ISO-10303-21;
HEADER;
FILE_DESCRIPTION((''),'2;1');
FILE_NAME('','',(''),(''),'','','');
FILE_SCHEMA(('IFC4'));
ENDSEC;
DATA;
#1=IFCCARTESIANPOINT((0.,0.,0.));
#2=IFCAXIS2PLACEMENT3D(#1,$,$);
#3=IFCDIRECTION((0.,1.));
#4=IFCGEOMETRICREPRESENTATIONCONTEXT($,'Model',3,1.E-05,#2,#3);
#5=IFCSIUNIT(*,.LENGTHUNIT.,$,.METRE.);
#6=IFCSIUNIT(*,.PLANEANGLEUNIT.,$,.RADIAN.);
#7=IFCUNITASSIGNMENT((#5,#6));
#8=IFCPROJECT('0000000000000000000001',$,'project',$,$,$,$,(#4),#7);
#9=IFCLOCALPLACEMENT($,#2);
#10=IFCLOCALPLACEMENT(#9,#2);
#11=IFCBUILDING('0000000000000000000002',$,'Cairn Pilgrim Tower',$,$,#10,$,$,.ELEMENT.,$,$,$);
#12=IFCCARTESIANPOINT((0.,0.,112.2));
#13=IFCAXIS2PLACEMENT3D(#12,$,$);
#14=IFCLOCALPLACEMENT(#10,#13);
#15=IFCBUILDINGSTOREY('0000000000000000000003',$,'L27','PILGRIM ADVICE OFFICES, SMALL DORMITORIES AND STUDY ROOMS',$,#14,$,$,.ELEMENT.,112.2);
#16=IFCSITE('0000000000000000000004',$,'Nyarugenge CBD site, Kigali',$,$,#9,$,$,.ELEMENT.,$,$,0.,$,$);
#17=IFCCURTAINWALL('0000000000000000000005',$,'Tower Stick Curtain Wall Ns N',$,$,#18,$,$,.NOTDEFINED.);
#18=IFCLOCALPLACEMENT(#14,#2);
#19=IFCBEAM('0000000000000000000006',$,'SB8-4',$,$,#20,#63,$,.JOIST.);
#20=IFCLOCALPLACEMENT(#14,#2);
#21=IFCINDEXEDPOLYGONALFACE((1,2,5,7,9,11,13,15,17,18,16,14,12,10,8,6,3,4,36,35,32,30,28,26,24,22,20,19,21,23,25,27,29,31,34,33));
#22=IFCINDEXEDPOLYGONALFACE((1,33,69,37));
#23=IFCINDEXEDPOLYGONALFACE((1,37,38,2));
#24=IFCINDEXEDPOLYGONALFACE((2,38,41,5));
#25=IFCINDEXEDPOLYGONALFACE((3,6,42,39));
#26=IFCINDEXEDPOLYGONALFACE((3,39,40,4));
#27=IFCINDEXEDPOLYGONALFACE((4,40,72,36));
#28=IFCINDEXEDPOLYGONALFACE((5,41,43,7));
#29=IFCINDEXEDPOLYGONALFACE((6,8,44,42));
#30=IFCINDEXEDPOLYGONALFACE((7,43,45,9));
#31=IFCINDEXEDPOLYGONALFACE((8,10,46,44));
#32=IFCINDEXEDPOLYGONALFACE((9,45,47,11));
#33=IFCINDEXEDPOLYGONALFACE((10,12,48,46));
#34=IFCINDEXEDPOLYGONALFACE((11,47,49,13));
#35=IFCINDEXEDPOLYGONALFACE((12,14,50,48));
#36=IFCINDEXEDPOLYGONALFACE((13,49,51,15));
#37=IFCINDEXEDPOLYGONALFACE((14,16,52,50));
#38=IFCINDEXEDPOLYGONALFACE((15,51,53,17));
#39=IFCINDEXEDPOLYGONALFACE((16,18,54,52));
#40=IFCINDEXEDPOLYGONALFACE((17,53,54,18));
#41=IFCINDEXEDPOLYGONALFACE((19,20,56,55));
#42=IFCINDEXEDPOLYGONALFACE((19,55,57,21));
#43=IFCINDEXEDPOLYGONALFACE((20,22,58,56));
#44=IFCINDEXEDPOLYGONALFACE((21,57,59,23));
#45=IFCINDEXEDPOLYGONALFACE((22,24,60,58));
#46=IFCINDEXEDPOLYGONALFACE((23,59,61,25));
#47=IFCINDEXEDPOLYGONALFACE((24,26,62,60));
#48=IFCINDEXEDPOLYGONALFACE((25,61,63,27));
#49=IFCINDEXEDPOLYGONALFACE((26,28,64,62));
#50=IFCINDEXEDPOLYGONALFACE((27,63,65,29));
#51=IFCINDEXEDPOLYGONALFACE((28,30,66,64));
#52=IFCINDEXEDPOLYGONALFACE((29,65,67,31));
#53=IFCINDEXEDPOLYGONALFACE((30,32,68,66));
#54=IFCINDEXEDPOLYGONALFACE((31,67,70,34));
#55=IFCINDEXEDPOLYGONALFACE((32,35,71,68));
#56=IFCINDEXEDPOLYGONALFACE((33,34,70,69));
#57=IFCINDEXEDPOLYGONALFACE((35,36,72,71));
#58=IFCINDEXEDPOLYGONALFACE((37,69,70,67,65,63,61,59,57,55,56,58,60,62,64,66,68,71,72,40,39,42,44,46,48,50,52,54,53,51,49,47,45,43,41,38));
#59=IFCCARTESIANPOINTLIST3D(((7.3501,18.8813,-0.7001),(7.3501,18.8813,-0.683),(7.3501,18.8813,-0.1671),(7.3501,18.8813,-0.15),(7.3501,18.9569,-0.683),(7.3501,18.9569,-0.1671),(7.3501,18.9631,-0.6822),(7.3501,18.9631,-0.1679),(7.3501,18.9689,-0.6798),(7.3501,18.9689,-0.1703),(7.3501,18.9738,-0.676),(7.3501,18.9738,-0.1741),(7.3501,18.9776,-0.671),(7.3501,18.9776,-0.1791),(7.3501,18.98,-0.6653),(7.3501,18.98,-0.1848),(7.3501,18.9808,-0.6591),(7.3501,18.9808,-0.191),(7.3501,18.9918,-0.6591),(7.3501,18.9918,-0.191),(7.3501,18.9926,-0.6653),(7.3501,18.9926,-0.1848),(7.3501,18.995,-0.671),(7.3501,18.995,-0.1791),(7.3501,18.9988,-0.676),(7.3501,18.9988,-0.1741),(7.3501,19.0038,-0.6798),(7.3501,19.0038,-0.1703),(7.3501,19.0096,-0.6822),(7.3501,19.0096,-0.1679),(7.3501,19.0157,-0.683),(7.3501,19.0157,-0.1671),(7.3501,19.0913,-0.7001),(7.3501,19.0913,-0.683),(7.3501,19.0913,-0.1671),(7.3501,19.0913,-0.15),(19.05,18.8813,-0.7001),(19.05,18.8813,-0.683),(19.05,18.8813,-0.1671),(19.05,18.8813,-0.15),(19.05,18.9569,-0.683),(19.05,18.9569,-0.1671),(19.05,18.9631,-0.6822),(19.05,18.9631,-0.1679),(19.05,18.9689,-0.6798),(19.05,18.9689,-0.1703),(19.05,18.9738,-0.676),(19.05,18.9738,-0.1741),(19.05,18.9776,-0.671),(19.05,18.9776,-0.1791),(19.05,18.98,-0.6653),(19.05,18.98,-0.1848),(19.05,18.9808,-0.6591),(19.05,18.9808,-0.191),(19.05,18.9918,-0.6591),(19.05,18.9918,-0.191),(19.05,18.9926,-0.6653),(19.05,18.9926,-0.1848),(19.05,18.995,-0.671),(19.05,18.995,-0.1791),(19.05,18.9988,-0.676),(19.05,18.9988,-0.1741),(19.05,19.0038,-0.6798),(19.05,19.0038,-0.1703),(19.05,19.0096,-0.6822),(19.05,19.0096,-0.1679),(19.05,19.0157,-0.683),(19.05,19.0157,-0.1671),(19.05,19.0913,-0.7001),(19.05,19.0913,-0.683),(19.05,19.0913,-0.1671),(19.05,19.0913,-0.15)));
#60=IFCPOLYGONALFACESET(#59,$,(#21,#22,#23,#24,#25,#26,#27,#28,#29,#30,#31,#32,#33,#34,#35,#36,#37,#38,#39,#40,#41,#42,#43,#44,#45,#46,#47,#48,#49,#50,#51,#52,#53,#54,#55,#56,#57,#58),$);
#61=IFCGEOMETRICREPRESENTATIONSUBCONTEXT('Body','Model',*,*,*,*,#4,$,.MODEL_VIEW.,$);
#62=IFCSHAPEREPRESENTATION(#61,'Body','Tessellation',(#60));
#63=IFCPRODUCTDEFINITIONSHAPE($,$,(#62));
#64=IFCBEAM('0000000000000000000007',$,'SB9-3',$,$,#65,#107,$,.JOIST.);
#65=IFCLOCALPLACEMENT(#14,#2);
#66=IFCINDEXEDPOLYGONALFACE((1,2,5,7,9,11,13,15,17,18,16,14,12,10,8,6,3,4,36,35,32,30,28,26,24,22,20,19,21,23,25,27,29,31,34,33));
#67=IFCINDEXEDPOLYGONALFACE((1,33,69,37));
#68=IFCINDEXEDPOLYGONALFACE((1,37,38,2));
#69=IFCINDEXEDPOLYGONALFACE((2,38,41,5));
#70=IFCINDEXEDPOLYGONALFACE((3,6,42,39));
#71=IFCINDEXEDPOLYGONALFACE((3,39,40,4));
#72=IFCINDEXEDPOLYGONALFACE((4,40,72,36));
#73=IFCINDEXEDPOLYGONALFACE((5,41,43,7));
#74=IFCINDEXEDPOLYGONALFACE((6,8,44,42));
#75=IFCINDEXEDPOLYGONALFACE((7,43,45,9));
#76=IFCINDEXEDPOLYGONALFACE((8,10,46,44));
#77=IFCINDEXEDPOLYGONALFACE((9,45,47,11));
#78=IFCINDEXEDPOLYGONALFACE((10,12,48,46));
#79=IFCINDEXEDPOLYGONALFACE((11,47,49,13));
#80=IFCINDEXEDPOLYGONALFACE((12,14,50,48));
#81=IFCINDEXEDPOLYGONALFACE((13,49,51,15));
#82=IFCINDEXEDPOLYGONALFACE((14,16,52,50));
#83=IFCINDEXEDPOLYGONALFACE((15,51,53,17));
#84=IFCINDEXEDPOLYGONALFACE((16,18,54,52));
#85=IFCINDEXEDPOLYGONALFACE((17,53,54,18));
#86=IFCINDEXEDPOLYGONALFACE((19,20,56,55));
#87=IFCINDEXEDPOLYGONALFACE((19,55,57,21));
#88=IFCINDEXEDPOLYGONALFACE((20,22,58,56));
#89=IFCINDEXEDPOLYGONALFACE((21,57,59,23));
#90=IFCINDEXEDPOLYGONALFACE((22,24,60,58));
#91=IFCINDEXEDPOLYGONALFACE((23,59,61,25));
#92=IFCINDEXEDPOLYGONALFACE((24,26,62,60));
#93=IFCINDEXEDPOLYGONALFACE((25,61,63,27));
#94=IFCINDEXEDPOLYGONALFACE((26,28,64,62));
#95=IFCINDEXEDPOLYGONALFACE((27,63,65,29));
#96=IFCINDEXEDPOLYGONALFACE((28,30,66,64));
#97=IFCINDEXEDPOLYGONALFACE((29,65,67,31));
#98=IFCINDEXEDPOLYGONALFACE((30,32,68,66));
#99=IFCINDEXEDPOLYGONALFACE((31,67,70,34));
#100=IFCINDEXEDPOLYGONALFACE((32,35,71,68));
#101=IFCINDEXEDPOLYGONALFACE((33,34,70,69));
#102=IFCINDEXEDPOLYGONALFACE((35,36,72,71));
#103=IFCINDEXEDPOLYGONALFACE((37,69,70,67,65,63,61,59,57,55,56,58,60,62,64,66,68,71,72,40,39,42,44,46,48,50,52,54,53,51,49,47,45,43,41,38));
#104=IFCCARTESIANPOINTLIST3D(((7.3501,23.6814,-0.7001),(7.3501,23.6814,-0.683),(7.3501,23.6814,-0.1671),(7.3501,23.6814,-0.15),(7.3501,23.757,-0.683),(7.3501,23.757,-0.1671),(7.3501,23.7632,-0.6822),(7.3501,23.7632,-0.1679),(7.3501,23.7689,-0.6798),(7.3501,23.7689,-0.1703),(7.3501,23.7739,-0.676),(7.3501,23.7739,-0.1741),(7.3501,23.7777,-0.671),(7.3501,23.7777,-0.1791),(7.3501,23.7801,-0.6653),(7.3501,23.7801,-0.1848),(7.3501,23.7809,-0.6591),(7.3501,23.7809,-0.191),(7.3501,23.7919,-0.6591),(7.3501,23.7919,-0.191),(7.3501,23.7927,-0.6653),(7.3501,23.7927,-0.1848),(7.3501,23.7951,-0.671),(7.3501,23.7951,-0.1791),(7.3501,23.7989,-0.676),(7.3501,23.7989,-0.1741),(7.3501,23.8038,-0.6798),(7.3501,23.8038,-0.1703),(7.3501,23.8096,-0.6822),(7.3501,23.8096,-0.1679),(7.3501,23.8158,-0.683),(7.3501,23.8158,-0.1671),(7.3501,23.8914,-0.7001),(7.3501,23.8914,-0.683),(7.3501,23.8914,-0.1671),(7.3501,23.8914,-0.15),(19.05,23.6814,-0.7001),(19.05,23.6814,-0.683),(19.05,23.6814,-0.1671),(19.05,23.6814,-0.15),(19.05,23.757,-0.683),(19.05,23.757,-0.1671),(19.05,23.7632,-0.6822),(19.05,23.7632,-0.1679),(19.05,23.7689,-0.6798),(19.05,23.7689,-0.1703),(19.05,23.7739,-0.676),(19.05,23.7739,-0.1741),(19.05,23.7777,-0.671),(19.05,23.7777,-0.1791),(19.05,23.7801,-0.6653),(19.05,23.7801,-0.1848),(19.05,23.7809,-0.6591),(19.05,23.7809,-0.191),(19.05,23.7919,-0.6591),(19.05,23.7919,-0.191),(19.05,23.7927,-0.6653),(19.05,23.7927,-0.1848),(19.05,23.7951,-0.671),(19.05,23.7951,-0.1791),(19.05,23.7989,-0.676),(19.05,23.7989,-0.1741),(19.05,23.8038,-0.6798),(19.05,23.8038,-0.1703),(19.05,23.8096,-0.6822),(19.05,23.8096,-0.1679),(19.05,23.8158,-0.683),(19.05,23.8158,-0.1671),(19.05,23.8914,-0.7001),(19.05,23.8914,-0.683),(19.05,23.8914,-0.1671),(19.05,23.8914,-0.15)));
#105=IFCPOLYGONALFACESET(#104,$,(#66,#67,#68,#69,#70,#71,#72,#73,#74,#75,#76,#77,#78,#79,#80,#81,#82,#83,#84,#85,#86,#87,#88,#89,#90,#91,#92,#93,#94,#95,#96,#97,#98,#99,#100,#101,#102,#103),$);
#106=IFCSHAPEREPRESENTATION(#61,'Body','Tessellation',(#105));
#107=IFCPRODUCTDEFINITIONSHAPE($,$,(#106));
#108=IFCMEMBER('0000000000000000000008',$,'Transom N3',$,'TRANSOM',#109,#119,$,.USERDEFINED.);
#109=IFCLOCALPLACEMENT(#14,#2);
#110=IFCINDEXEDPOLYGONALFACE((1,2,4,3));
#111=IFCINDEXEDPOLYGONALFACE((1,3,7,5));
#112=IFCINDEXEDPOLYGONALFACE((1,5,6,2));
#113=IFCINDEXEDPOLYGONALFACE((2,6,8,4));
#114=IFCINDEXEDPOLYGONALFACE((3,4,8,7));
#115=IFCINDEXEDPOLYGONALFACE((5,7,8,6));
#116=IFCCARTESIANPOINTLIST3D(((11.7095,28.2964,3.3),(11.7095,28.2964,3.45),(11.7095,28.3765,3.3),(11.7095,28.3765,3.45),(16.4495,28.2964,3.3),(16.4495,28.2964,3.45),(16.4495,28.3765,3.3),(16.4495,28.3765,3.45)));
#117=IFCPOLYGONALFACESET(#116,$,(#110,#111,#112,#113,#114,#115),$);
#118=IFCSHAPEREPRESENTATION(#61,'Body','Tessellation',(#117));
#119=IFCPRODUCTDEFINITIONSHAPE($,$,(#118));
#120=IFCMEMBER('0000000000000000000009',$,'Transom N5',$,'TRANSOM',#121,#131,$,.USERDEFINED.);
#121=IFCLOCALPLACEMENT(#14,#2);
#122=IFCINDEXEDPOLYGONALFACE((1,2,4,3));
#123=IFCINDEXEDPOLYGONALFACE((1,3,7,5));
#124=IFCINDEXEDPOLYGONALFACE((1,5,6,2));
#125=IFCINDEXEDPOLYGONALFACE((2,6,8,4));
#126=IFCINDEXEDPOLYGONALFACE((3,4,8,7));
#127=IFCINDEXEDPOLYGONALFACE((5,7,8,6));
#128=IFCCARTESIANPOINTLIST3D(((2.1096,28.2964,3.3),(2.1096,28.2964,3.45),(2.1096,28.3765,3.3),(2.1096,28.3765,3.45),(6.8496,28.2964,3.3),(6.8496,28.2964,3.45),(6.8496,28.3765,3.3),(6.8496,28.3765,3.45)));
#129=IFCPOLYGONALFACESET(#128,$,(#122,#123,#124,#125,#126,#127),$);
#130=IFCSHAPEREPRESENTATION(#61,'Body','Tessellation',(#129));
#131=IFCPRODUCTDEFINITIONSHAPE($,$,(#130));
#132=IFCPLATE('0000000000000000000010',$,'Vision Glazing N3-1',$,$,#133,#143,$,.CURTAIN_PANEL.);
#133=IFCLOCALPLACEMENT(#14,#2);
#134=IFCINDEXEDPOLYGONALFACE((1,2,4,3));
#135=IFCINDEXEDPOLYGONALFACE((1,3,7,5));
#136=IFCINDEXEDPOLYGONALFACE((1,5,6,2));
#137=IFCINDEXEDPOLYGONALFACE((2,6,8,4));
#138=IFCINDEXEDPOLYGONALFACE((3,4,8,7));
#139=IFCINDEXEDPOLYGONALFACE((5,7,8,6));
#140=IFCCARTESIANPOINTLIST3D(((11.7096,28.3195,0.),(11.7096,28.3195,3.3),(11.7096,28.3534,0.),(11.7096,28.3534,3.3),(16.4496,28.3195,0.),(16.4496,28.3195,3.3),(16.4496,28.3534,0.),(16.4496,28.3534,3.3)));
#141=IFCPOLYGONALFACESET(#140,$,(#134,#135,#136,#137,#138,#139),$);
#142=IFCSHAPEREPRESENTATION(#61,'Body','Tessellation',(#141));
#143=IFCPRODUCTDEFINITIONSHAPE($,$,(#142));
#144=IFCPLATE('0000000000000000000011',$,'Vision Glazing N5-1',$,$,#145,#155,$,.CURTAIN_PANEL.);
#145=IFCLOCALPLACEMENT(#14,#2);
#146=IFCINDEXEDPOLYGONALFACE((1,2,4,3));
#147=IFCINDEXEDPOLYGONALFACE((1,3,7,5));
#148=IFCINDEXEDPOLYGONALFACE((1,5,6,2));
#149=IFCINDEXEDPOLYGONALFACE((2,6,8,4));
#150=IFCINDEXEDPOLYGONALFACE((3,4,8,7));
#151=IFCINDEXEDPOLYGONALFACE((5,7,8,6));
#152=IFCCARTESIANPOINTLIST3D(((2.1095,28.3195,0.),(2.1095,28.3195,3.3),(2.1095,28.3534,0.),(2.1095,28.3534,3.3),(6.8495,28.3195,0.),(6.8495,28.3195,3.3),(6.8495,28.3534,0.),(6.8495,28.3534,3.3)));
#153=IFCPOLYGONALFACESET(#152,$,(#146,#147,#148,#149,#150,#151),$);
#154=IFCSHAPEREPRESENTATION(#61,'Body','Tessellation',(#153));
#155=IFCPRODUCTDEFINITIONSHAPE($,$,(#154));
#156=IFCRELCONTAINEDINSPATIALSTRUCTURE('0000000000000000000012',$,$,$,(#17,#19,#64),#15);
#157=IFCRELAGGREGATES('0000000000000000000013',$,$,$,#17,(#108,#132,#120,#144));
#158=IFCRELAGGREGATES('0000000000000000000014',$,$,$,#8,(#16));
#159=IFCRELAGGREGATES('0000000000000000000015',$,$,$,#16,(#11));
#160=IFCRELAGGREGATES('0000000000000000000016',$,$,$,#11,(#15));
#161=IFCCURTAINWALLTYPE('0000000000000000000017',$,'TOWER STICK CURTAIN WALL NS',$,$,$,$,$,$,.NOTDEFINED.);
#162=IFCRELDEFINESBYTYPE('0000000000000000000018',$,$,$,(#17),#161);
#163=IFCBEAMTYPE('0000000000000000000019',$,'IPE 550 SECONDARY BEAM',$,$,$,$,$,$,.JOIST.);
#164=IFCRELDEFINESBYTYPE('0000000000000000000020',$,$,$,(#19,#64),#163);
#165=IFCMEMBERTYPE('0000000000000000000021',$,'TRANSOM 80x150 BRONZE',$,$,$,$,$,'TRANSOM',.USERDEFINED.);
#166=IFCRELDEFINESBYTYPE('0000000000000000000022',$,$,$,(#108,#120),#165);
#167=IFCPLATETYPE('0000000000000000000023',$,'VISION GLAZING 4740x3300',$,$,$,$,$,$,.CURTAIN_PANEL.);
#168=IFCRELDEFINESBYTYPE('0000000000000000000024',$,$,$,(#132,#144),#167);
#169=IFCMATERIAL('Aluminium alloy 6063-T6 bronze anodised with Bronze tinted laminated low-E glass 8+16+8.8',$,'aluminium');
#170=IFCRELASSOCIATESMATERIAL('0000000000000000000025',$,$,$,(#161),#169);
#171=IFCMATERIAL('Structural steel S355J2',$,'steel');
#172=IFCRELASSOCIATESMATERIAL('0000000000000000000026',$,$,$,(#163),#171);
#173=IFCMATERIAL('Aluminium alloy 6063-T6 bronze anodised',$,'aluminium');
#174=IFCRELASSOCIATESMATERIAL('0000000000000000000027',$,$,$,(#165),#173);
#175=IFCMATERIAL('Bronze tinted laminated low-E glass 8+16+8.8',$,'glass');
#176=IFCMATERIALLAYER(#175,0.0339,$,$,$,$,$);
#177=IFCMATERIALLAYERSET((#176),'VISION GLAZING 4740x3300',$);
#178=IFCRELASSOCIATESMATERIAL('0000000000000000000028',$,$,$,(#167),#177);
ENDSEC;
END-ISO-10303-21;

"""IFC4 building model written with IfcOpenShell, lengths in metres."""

from ifc_helpers import new_model, si_unit, direction, frame, origin, origin_2d, place, context, subcontext, project, spatial, rectangle, i_section, extrude, material, layer, layer_set, material_profile, profile_set, type_object, element, aggregate, save


model = new_model("IFC4")

# Units and contexts
model_context = context("Model", 3, precision=1e-05, world=origin(), true_north=direction((0.0, 1.0)))
body_context = subcontext(model_context, "Body", "Model", "MODEL_VIEW")
ifc_project = project(units=[si_unit("LENGTHUNIT", "METRE"), si_unit("PLANEANGLEUNIT", "RADIAN")], contexts=[model_context])

# Site, building, storey
site_placement = place(None, origin())
site = spatial("IfcSite", under=ifc_project, at=site_placement, Name="Nyarugenge CBD site, Kigali", CompositionType="ELEMENT", RefElevation=0.0)
building_placement = place(site_placement, origin())
building = spatial("IfcBuilding", under=site, at=building_placement, Name="Cairn Pilgrim Tower", CompositionType="ELEMENT")
storey_placement = place(building_placement, frame((0.0, 0.0, 112.2)))
storey = spatial("IfcBuildingStorey", under=building, at=storey_placement, Name="L27", Description="PILGRIM ADVICE OFFICES, SMALL DORMITORIES AND STUDY ROOMS", CompositionType="ELEMENT", Elevation=112.2)

# Curtain wall
ifc_material_1 = material(Name="Aluminium alloy 6063-T6 bronze anodised with Bronze tinted laminated low-E glass 8+16+8.8", Category="aluminium")
curtain_wall_type = type_object("IfcCurtainWallType", Name="TOWER STICK CURTAIN WALL NS", PredefinedType="NOTDEFINED", material=ifc_material_1)
curtain_wall_placement = place(storey_placement, origin())
curtain_wall = element("IfcCurtainWall", 1, at=curtain_wall_placement, inside=storey, type_object=curtain_wall_type, Name="Tower Stick Curtain Wall Ns N", PredefinedType="NOTDEFINED")
ifc_material_2 = material(Name="Aluminium alloy 6063-T6 bronze anodised", Category="aluminium")

# Beams
ifc_material_3 = material(Name="Structural steel S355J2", Category="steel")
ifc_material_profile_1 = material_profile(ifc_material_3, i_section(OverallWidth=0.21, OverallDepth=0.55, WebThickness=0.011, FlangeThickness=0.0171, FilletRadius=0.0239, at=origin_2d()), Name="IPE 550")
ifc_profile_set_1 = profile_set([ifc_material_profile_1], Name="Structural steel S355J2")
beam_type_1 = type_object("IfcBeamType", Name="IPE 550 SECONDARY BEAM", PredefinedType="JOIST", material=ifc_profile_set_1)
for number, where, z_axis, x_axis, name in (
    (2, (7.3501, 18.9863, -0.425), (1.0, 0.0, 0.0), (0.0, 1.0, 0.0), "SB8-4"),
    (3, (7.3501, 23.7864, -0.425), (1.0, 0.0, 0.0), (0.0, 1.0, 0.0), "SB9-3"),
):
    element("IfcBeam", number, at=place(storey_placement, frame(where, z_axis=z_axis, x_axis=x_axis)), inside=storey, type_object=beam_type_1, Name=name, PredefinedType="JOIST", context=body_context, shape_type="SweptSolid", body=[
        extrude(i_section(OverallWidth=0.21, OverallDepth=0.55, WebThickness=0.011, FlangeThickness=0.0171, FilletRadius=0.0239, at=origin_2d()), origin(), (0.0, 0.0, 1.0), 11.7),
    ])

# Members
ifc_material_profile_2 = material_profile(ifc_material_2, rectangle(XDim=0.0801, YDim=0.1499, at=origin_2d()), Name="TRANSOM 80x150 BRONZE")
ifc_profile_set_2 = profile_set([ifc_material_profile_2], Name="Aluminium alloy 6063-T6 bronze anodised")
member_type_1 = type_object("IfcMemberType", Name="TRANSOM 80x150 BRONZE", ElementType="TRANSOM", PredefinedType="USERDEFINED", material=ifc_profile_set_2)
member_1_placement = place(storey_placement, frame((16.4495, 28.3364, 3.375), z_axis=(-1.0, 0.0, 0.0), x_axis=(0.0, -1.0, 0.0)))
member_1 = element("IfcMember", 4, at=member_1_placement, type_object=member_type_1, Name="Transom N3", ObjectType="TRANSOM", PredefinedType="USERDEFINED", context=body_context, shape_type="SweptSolid", body=[
    extrude(rectangle(XDim=0.0801, YDim=0.1499, at=origin_2d()), origin(), (0.0, 0.0, 1.0), 4.74),
])
member_2_placement = place(storey_placement, frame((6.8496, 28.3364, 3.375), z_axis=(-1.0, 0.0, 0.0), x_axis=(0.0, -1.0, 0.0)))
member_2 = element("IfcMember", 5, at=member_2_placement, type_object=member_type_1, Name="Transom N5", ObjectType="TRANSOM", PredefinedType="USERDEFINED", context=body_context, shape_type="SweptSolid", body=[
    extrude(rectangle(XDim=0.0801, YDim=0.1499, at=origin_2d()), origin(), (0.0, 0.0, 1.0), 4.74),
])

# Plates
ifc_material_4 = material(Name="Bronze tinted laminated low-E glass 8+16+8.8", Category="glass")
ifc_layer_1 = layer(ifc_material_4, 0.0339)
ifc_layer_set_1 = layer_set([ifc_layer_1], Name="VISION GLAZING 4740x3300")
plate_type = type_object("IfcPlateType", Name="VISION GLAZING 4740x3300", PredefinedType="CURTAIN_PANEL", material=ifc_layer_set_1)
plate_1_placement = place(storey_placement, frame((14.0796, 28.3364, 0.0), z_axis=(0.0, 0.0, 1.0), x_axis=(-1.0, 0.0, 0.0)))
plate_1 = element("IfcPlate", 6, at=plate_1_placement, type_object=plate_type, Name="Vision Glazing N3-1", PredefinedType="CURTAIN_PANEL", context=body_context, shape_type="SweptSolid", body=[
    extrude(rectangle(XDim=4.74, YDim=0.0339, at=origin_2d()), origin(), (0.0, 0.0, 1.0), 3.3),
])
plate_2_placement = place(storey_placement, frame((4.4795, 28.3364, 0.0), z_axis=(0.0, 0.0, 1.0), x_axis=(-1.0, 0.0, 0.0)))
plate_2 = element("IfcPlate", 7, at=plate_2_placement, type_object=plate_type, Name="Vision Glazing N5-1", PredefinedType="CURTAIN_PANEL", context=body_context, shape_type="SweptSolid", body=[
    extrude(rectangle(XDim=4.74, YDim=0.0339, at=origin_2d()), origin(), (0.0, 0.0, 1.0), 3.3),
])
aggregate(curtain_wall, [member_1, plate_1, member_2, plate_2])

save(model, "model.ifc")
